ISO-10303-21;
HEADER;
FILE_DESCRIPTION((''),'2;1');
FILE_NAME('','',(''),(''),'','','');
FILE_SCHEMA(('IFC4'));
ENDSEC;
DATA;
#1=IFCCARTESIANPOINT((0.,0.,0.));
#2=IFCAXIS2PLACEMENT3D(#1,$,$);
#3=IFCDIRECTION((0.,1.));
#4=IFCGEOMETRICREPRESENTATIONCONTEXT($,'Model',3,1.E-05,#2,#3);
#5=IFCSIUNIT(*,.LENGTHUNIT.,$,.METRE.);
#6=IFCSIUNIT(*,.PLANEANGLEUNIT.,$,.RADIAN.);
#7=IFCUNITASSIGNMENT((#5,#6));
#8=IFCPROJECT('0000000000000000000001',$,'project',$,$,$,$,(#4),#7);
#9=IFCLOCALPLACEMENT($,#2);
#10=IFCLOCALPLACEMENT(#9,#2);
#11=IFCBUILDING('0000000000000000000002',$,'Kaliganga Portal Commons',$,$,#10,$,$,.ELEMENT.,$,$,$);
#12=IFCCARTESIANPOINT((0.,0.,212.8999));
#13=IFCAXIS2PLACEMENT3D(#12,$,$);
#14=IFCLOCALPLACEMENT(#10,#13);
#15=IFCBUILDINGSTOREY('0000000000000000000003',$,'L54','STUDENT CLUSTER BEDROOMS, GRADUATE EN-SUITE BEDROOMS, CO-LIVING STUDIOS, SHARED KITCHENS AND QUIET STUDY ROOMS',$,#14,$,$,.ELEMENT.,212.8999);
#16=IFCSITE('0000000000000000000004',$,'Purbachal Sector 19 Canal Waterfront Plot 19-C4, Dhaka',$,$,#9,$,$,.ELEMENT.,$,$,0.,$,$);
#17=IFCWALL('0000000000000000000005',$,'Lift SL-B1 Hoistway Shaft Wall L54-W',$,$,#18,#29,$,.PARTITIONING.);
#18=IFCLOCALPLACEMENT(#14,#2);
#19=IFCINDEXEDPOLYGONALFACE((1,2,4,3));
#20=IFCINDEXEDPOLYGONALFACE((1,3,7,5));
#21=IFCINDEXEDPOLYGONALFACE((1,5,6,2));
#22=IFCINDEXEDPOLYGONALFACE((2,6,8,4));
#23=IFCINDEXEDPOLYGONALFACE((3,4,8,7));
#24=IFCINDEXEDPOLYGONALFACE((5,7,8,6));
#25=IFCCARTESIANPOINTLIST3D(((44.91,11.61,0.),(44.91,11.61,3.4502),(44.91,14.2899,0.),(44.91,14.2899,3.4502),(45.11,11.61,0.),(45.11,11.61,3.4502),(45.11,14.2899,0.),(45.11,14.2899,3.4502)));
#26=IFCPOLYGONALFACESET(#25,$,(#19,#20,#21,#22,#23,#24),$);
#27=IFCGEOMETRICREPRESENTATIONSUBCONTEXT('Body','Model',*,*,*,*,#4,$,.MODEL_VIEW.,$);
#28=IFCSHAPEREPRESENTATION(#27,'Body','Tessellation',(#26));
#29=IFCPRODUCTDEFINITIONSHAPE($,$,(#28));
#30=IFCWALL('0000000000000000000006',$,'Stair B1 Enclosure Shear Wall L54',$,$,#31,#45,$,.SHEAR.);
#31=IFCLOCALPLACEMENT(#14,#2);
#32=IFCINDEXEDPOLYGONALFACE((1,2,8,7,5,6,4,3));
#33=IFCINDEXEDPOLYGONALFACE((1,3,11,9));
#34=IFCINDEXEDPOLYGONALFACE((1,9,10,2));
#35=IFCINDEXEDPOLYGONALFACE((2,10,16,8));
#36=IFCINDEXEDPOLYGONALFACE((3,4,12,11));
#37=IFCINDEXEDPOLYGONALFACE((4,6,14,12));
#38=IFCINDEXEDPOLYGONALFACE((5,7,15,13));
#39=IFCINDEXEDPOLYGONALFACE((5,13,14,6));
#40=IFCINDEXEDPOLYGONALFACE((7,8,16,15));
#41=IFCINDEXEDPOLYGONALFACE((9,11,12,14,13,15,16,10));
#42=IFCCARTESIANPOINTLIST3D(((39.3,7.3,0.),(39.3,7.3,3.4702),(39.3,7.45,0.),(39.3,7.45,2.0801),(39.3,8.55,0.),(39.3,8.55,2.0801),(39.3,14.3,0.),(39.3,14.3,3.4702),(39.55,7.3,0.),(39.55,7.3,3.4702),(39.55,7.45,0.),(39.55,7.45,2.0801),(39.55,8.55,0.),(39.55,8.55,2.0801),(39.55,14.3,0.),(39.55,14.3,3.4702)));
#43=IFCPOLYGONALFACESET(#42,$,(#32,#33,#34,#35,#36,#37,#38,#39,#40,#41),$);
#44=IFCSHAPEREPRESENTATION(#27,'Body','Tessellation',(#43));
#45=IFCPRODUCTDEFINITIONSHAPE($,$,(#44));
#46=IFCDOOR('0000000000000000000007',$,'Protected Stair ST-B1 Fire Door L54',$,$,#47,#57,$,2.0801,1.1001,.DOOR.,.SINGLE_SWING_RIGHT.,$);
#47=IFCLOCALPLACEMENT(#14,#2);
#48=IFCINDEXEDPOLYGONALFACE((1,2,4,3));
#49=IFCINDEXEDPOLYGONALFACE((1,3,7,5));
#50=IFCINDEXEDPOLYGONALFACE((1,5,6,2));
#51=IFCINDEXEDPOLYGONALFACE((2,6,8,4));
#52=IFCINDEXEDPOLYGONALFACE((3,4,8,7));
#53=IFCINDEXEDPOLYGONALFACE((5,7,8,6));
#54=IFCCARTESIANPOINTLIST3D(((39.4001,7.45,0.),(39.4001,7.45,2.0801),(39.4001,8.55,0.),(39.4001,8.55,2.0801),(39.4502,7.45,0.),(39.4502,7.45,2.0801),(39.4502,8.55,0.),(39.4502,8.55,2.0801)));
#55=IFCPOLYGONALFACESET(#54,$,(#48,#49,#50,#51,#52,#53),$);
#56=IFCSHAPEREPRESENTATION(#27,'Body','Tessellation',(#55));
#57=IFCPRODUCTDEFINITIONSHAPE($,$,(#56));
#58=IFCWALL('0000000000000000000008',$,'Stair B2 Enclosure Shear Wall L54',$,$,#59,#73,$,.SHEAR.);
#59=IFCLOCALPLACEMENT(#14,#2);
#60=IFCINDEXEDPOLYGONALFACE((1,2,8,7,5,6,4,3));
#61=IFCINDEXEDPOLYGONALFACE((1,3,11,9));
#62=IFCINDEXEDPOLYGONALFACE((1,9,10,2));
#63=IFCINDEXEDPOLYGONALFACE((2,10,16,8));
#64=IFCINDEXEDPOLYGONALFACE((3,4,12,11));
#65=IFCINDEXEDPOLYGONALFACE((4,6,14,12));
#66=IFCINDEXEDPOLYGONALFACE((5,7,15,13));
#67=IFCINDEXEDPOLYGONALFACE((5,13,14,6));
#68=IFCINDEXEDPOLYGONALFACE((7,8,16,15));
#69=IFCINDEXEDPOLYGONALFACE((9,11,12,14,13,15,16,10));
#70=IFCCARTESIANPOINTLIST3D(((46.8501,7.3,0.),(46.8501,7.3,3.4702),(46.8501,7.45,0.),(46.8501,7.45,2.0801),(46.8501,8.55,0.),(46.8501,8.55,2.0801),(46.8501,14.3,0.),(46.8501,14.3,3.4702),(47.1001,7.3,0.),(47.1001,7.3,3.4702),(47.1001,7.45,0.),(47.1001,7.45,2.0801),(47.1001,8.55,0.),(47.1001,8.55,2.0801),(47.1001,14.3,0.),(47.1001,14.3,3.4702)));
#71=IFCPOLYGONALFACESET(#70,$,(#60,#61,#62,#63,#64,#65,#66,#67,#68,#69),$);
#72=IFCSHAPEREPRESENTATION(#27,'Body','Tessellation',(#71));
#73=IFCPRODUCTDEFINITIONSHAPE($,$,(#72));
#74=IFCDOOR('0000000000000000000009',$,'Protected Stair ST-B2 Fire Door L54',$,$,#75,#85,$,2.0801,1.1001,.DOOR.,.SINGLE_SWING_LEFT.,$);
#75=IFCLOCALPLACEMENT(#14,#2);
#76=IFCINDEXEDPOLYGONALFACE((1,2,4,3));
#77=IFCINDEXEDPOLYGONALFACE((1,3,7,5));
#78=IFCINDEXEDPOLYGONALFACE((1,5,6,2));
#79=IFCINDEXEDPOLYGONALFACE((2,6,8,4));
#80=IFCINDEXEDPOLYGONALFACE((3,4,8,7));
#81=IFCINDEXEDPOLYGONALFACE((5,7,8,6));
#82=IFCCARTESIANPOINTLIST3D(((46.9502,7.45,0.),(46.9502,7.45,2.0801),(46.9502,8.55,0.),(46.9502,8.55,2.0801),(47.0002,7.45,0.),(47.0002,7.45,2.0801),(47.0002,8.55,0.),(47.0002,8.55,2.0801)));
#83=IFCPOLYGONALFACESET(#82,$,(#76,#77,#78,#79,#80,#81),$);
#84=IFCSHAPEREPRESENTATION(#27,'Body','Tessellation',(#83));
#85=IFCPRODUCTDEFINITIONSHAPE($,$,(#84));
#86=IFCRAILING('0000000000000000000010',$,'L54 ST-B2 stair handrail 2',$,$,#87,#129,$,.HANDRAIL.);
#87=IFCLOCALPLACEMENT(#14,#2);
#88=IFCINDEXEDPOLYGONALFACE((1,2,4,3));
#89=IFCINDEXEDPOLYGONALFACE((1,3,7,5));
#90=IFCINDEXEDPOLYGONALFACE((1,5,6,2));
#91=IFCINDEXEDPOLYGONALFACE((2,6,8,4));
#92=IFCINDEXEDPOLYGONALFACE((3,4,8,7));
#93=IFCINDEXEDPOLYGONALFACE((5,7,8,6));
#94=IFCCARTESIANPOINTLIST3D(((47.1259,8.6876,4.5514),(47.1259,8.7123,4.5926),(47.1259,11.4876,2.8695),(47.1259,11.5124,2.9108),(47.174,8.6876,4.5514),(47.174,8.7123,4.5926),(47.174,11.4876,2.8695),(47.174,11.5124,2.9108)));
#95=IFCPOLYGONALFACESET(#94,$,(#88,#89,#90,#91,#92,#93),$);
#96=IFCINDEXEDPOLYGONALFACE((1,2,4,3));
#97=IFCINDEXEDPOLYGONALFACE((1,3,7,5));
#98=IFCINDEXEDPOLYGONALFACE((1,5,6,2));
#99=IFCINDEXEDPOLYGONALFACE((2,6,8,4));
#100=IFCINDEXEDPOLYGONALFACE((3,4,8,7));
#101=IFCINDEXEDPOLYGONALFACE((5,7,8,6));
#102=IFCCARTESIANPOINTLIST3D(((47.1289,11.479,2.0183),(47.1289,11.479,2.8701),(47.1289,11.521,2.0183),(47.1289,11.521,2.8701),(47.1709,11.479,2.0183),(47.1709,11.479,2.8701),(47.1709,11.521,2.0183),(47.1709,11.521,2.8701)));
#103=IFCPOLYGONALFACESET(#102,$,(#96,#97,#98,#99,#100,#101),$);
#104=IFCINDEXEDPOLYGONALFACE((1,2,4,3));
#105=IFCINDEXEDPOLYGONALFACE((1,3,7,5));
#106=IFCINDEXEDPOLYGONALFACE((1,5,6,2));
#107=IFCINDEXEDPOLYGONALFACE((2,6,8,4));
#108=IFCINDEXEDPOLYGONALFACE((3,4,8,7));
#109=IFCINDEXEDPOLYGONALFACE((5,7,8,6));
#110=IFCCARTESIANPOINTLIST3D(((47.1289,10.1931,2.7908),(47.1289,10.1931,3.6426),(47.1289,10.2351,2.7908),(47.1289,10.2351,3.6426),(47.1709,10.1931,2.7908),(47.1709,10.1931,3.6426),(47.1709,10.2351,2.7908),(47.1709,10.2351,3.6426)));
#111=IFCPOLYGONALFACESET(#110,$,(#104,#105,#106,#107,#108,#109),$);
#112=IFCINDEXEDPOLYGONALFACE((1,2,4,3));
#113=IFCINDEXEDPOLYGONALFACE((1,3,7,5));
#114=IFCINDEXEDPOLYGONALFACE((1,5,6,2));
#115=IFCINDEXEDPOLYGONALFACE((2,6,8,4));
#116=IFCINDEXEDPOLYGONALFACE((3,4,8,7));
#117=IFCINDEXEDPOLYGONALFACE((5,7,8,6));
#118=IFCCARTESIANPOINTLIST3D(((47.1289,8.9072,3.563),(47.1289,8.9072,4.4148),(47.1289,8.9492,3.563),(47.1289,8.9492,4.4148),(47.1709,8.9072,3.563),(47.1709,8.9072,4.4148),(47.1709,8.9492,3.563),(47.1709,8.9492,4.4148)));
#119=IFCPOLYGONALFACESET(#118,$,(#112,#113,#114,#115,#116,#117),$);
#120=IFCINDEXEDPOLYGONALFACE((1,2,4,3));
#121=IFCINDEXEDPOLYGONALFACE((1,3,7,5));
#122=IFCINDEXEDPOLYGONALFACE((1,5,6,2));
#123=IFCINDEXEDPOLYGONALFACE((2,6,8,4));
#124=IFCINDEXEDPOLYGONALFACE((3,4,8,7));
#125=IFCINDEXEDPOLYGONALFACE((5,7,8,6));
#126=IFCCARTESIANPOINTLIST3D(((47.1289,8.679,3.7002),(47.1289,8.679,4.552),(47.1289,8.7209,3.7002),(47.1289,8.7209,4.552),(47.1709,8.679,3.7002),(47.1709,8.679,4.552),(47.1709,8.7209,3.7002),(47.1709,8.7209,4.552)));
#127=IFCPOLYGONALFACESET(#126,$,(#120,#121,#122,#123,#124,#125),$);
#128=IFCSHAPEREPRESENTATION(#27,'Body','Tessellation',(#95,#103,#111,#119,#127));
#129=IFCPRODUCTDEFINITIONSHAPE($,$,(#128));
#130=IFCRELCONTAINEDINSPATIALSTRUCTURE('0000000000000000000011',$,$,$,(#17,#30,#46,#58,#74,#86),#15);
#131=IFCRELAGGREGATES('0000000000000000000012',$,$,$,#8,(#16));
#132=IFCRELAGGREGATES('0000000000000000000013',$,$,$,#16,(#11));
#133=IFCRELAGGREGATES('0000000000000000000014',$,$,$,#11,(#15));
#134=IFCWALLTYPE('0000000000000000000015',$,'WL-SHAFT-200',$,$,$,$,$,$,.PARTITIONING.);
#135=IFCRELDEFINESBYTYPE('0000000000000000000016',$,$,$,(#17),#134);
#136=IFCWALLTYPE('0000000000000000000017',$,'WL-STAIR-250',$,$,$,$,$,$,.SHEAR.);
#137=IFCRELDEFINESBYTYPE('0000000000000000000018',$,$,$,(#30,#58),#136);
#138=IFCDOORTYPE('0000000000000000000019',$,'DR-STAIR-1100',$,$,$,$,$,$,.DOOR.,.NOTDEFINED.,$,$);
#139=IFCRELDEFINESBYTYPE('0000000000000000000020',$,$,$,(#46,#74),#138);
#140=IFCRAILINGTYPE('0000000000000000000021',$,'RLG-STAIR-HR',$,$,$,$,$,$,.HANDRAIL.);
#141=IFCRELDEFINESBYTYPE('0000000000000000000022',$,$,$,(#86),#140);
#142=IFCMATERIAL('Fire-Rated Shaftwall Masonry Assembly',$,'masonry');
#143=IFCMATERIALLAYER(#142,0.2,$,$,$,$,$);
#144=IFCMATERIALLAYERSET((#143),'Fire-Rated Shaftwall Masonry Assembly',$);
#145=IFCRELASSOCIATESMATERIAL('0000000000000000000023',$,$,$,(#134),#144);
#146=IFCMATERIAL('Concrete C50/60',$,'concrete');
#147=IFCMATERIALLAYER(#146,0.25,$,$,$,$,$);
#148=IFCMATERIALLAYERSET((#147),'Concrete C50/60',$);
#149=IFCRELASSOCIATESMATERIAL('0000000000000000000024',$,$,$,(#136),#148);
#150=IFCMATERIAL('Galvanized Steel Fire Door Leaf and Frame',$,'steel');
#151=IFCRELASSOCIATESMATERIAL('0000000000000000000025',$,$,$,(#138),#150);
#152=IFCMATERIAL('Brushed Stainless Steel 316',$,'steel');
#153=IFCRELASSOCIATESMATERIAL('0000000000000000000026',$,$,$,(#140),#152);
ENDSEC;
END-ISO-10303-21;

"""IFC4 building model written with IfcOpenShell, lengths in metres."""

from ifc_helpers import new_model, si_unit, direction, frame, frame_2d, origin, origin_2d, place, context, subcontext, project, spatial, rectangle, extrude, material, layer, layer_set, type_object, element, fill, save


model = new_model("IFC4")

# Units and contexts
model_context = context("Model", 3, precision=1e-05, world=origin(), true_north=direction((0.0, 1.0)))
body_context = subcontext(model_context, "Body", "Model", "MODEL_VIEW")
ifc_project = project(units=[si_unit("LENGTHUNIT", "METRE"), si_unit("PLANEANGLEUNIT", "RADIAN")], contexts=[model_context])

# Site, building, storey
site_placement = place(None, origin())
site = spatial("IfcSite", under=ifc_project, at=site_placement, Name="Purbachal Sector 19 Canal Waterfront Plot 19-C4, Dhaka", CompositionType="ELEMENT", RefElevation=0.0)
building_placement = place(site_placement, origin())
building = spatial("IfcBuilding", under=site, at=building_placement, Name="Kaliganga Portal Commons", CompositionType="ELEMENT")
storey_placement = place(building_placement, frame((0.0, 0.0, 212.8999)))
storey = spatial("IfcBuildingStorey", under=building, at=storey_placement, Name="L54", Description="STUDENT CLUSTER BEDROOMS, GRADUATE EN-SUITE BEDROOMS, CO-LIVING STUDIOS, SHARED KITCHENS AND QUIET STUDY ROOMS", CompositionType="ELEMENT", Elevation=212.8999)

# Shared definitions
ifc_material_1 = material(Name="Concrete C50/60", Category="concrete")

# Shared definitions
ifc_material_2 = material(Name="Fire-Rated Shaftwall Masonry Assembly", Category="masonry")
ifc_layer_1 = layer(ifc_material_2, 0.2)
ifc_layer_set_1 = layer_set([ifc_layer_1], Name="Fire-Rated Shaftwall Masonry Assembly")
wall_type_1 = type_object("IfcWallType", Name="WL-SHAFT-200", PredefinedType="PARTITIONING", material=ifc_layer_set_1)

# Wall
wall_1_placement = place(storey_placement, frame((45.01, 11.6101, 0.0), z_axis=(0.0, 0.0, 1.0), x_axis=(0.0, 1.0, 0.0)))
element("IfcWall", 1, at=wall_1_placement, inside=storey, type_object=wall_type_1, Name="Lift SL-B1 Hoistway Shaft Wall L54-W", PredefinedType="PARTITIONING", context=body_context, shape_type="SweptSolid", body=[
    extrude(rectangle(XDim=2.6799, YDim=0.2, at=frame_2d((1.3398, 0.0))), origin(), (0.0, 0.0, 1.0), 3.4502),
])

# Walls, openings, doors
ifc_layer_2 = layer(ifc_material_1, 0.25)
ifc_layer_set_2 = layer_set([ifc_layer_2], Name="Concrete C50/60")
wall_type_2 = type_object("IfcWallType", Name="WL-STAIR-250", PredefinedType="SHEAR", material=ifc_layer_set_2)
wall_2_placement = place(storey_placement, frame((39.425, 7.3, 0.0), z_axis=(0.0, 0.0, 1.0), x_axis=(0.0, 1.0, 0.0)))
wall_2 = element("IfcWall", 2, at=wall_2_placement, inside=storey, type_object=wall_type_2, Name="Stair B1 Enclosure Shear Wall L54", PredefinedType="SHEAR", context=body_context, shape_type="SweptSolid", body=[
    extrude(rectangle(XDim=7.0, YDim=0.25, at=frame_2d((3.5, 0.0))), origin(), (0.0, 0.0, 1.0), 3.4702),
])
opening_1_placement = place(wall_2_placement, frame((0.1499, 0.0, 0.0)))
opening_1 = element("IfcOpeningElement", 3, at=opening_1_placement, cuts=wall_2, PredefinedType="OPENING", context=body_context, shape_type="SweptSolid", body=[
    extrude(rectangle(XDim=1.1001, YDim=2.0801, at=frame_2d((0.55, 1.04))), frame((0.0, 0.135, 0.0), z_axis=(0.0, -1.0, 0.0), x_axis=(1.0, 0.0, 0.0)), (0.0, 0.0, 1.0), 0.27),
])
ifc_material_3 = material(Name="Galvanized Steel Fire Door Leaf and Frame", Category="steel")
door_type_1 = type_object("IfcDoorType", Name="DR-STAIR-1100", OperationType="NOTDEFINED", PredefinedType="DOOR", material=ifc_material_3)
door_1_placement = place(opening_1_placement, origin())
door_1 = element("IfcDoor", 4, at=door_1_placement, inside=storey, type_object=door_type_1, Name="Protected Stair ST-B1 Fire Door L54", OperationType="SINGLE_SWING_RIGHT", OverallHeight=2.0801, OverallWidth=1.1001, PredefinedType="DOOR", context=body_context, shape_type="SweptSolid", body=[
    extrude(rectangle(XDim=1.1001, YDim=2.0801, at=frame_2d((0.55, 1.04))), frame((0.0, 0.0249, 0.0), z_axis=(0.0, -1.0, 0.0), x_axis=(1.0, 0.0, 0.0)), (0.0, 0.0, 1.0), 0.05),
])
fill(opening_1, door_1)
wall_3_placement = place(storey_placement, frame((46.9751, 7.3, 0.0), z_axis=(0.0, 0.0, 1.0), x_axis=(0.0, 1.0, 0.0)))
wall_3 = element("IfcWall", 5, at=wall_3_placement, inside=storey, type_object=wall_type_2, Name="Stair B2 Enclosure Shear Wall L54", PredefinedType="SHEAR", context=body_context, shape_type="SweptSolid", body=[
    extrude(rectangle(XDim=7.0, YDim=0.25, at=frame_2d((3.5, 0.0))), origin(), (0.0, 0.0, 1.0), 3.4702),
])
opening_2_placement = place(wall_3_placement, frame((0.1499, 0.0, 0.0)))
opening_2 = element("IfcOpeningElement", 6, at=opening_2_placement, cuts=wall_3, PredefinedType="OPENING", context=body_context, shape_type="SweptSolid", body=[
    extrude(rectangle(XDim=1.1001, YDim=2.0801, at=frame_2d((0.55, 1.04))), frame((0.0, 0.135, 0.0), z_axis=(0.0, -1.0, 0.0), x_axis=(1.0, 0.0, 0.0)), (0.0, 0.0, 1.0), 0.27),
])
door_2_placement = place(opening_2_placement, origin())
door_2 = element("IfcDoor", 7, at=door_2_placement, inside=storey, type_object=door_type_1, Name="Protected Stair ST-B2 Fire Door L54", OperationType="SINGLE_SWING_LEFT", OverallHeight=2.0801, OverallWidth=1.1001, PredefinedType="DOOR", context=body_context, shape_type="SweptSolid", body=[
    extrude(rectangle(XDim=1.1001, YDim=2.0801, at=frame_2d((0.55, 1.04))), frame((0.0, 0.0249, 0.0), z_axis=(0.0, -1.0, 0.0), x_axis=(1.0, 0.0, 0.0)), (0.0, 0.0, 1.0), 0.05),
])
fill(opening_2, door_2)

# Railing
ifc_material_4 = material(Name="Brushed Stainless Steel 316", Category="steel")
railing_type = type_object("IfcRailingType", Name="RLG-STAIR-HR", PredefinedType="HANDRAIL", material=ifc_material_4)
railing_placement = place(storey_placement, frame((47.1499, 11.5, 2.0183)))
element("IfcRailing", 8, at=railing_placement, inside=storey, type_object=railing_type, Name="L54 ST-B2 stair handrail 2", PredefinedType="HANDRAIL", context=body_context, shape_type="SweptSolid", body=[
    extrude(rectangle(XDim=0.0481, YDim=0.0481, at=origin_2d()), frame((0.0, 0.0, 0.8718), z_axis=(0.0, -0.857242, 0.514913), x_axis=(1.0, 0.0, 0.0)), (0.0, 0.0, 1.0), 3.2664),
    extrude(rectangle(XDim=0.042, YDim=0.042, at=origin_2d()), origin(), (0.0, 0.0, 1.0), 0.8518),
    extrude(rectangle(XDim=0.042, YDim=0.042, at=origin_2d()), frame((0.0, -1.2859, 0.7725)), (0.0, 0.0, 1.0), 0.8518),
    extrude(rectangle(XDim=0.042, YDim=0.042, at=origin_2d()), frame((0.0, -2.5718, 1.5447)), (0.0, 0.0, 1.0), 0.8518),
    extrude(rectangle(XDim=0.042, YDim=0.042, at=origin_2d()), frame((0.0, -2.8, 1.6819)), (0.0, 0.0, 1.0), 0.8518),
])

save(model, "model.ifc")
